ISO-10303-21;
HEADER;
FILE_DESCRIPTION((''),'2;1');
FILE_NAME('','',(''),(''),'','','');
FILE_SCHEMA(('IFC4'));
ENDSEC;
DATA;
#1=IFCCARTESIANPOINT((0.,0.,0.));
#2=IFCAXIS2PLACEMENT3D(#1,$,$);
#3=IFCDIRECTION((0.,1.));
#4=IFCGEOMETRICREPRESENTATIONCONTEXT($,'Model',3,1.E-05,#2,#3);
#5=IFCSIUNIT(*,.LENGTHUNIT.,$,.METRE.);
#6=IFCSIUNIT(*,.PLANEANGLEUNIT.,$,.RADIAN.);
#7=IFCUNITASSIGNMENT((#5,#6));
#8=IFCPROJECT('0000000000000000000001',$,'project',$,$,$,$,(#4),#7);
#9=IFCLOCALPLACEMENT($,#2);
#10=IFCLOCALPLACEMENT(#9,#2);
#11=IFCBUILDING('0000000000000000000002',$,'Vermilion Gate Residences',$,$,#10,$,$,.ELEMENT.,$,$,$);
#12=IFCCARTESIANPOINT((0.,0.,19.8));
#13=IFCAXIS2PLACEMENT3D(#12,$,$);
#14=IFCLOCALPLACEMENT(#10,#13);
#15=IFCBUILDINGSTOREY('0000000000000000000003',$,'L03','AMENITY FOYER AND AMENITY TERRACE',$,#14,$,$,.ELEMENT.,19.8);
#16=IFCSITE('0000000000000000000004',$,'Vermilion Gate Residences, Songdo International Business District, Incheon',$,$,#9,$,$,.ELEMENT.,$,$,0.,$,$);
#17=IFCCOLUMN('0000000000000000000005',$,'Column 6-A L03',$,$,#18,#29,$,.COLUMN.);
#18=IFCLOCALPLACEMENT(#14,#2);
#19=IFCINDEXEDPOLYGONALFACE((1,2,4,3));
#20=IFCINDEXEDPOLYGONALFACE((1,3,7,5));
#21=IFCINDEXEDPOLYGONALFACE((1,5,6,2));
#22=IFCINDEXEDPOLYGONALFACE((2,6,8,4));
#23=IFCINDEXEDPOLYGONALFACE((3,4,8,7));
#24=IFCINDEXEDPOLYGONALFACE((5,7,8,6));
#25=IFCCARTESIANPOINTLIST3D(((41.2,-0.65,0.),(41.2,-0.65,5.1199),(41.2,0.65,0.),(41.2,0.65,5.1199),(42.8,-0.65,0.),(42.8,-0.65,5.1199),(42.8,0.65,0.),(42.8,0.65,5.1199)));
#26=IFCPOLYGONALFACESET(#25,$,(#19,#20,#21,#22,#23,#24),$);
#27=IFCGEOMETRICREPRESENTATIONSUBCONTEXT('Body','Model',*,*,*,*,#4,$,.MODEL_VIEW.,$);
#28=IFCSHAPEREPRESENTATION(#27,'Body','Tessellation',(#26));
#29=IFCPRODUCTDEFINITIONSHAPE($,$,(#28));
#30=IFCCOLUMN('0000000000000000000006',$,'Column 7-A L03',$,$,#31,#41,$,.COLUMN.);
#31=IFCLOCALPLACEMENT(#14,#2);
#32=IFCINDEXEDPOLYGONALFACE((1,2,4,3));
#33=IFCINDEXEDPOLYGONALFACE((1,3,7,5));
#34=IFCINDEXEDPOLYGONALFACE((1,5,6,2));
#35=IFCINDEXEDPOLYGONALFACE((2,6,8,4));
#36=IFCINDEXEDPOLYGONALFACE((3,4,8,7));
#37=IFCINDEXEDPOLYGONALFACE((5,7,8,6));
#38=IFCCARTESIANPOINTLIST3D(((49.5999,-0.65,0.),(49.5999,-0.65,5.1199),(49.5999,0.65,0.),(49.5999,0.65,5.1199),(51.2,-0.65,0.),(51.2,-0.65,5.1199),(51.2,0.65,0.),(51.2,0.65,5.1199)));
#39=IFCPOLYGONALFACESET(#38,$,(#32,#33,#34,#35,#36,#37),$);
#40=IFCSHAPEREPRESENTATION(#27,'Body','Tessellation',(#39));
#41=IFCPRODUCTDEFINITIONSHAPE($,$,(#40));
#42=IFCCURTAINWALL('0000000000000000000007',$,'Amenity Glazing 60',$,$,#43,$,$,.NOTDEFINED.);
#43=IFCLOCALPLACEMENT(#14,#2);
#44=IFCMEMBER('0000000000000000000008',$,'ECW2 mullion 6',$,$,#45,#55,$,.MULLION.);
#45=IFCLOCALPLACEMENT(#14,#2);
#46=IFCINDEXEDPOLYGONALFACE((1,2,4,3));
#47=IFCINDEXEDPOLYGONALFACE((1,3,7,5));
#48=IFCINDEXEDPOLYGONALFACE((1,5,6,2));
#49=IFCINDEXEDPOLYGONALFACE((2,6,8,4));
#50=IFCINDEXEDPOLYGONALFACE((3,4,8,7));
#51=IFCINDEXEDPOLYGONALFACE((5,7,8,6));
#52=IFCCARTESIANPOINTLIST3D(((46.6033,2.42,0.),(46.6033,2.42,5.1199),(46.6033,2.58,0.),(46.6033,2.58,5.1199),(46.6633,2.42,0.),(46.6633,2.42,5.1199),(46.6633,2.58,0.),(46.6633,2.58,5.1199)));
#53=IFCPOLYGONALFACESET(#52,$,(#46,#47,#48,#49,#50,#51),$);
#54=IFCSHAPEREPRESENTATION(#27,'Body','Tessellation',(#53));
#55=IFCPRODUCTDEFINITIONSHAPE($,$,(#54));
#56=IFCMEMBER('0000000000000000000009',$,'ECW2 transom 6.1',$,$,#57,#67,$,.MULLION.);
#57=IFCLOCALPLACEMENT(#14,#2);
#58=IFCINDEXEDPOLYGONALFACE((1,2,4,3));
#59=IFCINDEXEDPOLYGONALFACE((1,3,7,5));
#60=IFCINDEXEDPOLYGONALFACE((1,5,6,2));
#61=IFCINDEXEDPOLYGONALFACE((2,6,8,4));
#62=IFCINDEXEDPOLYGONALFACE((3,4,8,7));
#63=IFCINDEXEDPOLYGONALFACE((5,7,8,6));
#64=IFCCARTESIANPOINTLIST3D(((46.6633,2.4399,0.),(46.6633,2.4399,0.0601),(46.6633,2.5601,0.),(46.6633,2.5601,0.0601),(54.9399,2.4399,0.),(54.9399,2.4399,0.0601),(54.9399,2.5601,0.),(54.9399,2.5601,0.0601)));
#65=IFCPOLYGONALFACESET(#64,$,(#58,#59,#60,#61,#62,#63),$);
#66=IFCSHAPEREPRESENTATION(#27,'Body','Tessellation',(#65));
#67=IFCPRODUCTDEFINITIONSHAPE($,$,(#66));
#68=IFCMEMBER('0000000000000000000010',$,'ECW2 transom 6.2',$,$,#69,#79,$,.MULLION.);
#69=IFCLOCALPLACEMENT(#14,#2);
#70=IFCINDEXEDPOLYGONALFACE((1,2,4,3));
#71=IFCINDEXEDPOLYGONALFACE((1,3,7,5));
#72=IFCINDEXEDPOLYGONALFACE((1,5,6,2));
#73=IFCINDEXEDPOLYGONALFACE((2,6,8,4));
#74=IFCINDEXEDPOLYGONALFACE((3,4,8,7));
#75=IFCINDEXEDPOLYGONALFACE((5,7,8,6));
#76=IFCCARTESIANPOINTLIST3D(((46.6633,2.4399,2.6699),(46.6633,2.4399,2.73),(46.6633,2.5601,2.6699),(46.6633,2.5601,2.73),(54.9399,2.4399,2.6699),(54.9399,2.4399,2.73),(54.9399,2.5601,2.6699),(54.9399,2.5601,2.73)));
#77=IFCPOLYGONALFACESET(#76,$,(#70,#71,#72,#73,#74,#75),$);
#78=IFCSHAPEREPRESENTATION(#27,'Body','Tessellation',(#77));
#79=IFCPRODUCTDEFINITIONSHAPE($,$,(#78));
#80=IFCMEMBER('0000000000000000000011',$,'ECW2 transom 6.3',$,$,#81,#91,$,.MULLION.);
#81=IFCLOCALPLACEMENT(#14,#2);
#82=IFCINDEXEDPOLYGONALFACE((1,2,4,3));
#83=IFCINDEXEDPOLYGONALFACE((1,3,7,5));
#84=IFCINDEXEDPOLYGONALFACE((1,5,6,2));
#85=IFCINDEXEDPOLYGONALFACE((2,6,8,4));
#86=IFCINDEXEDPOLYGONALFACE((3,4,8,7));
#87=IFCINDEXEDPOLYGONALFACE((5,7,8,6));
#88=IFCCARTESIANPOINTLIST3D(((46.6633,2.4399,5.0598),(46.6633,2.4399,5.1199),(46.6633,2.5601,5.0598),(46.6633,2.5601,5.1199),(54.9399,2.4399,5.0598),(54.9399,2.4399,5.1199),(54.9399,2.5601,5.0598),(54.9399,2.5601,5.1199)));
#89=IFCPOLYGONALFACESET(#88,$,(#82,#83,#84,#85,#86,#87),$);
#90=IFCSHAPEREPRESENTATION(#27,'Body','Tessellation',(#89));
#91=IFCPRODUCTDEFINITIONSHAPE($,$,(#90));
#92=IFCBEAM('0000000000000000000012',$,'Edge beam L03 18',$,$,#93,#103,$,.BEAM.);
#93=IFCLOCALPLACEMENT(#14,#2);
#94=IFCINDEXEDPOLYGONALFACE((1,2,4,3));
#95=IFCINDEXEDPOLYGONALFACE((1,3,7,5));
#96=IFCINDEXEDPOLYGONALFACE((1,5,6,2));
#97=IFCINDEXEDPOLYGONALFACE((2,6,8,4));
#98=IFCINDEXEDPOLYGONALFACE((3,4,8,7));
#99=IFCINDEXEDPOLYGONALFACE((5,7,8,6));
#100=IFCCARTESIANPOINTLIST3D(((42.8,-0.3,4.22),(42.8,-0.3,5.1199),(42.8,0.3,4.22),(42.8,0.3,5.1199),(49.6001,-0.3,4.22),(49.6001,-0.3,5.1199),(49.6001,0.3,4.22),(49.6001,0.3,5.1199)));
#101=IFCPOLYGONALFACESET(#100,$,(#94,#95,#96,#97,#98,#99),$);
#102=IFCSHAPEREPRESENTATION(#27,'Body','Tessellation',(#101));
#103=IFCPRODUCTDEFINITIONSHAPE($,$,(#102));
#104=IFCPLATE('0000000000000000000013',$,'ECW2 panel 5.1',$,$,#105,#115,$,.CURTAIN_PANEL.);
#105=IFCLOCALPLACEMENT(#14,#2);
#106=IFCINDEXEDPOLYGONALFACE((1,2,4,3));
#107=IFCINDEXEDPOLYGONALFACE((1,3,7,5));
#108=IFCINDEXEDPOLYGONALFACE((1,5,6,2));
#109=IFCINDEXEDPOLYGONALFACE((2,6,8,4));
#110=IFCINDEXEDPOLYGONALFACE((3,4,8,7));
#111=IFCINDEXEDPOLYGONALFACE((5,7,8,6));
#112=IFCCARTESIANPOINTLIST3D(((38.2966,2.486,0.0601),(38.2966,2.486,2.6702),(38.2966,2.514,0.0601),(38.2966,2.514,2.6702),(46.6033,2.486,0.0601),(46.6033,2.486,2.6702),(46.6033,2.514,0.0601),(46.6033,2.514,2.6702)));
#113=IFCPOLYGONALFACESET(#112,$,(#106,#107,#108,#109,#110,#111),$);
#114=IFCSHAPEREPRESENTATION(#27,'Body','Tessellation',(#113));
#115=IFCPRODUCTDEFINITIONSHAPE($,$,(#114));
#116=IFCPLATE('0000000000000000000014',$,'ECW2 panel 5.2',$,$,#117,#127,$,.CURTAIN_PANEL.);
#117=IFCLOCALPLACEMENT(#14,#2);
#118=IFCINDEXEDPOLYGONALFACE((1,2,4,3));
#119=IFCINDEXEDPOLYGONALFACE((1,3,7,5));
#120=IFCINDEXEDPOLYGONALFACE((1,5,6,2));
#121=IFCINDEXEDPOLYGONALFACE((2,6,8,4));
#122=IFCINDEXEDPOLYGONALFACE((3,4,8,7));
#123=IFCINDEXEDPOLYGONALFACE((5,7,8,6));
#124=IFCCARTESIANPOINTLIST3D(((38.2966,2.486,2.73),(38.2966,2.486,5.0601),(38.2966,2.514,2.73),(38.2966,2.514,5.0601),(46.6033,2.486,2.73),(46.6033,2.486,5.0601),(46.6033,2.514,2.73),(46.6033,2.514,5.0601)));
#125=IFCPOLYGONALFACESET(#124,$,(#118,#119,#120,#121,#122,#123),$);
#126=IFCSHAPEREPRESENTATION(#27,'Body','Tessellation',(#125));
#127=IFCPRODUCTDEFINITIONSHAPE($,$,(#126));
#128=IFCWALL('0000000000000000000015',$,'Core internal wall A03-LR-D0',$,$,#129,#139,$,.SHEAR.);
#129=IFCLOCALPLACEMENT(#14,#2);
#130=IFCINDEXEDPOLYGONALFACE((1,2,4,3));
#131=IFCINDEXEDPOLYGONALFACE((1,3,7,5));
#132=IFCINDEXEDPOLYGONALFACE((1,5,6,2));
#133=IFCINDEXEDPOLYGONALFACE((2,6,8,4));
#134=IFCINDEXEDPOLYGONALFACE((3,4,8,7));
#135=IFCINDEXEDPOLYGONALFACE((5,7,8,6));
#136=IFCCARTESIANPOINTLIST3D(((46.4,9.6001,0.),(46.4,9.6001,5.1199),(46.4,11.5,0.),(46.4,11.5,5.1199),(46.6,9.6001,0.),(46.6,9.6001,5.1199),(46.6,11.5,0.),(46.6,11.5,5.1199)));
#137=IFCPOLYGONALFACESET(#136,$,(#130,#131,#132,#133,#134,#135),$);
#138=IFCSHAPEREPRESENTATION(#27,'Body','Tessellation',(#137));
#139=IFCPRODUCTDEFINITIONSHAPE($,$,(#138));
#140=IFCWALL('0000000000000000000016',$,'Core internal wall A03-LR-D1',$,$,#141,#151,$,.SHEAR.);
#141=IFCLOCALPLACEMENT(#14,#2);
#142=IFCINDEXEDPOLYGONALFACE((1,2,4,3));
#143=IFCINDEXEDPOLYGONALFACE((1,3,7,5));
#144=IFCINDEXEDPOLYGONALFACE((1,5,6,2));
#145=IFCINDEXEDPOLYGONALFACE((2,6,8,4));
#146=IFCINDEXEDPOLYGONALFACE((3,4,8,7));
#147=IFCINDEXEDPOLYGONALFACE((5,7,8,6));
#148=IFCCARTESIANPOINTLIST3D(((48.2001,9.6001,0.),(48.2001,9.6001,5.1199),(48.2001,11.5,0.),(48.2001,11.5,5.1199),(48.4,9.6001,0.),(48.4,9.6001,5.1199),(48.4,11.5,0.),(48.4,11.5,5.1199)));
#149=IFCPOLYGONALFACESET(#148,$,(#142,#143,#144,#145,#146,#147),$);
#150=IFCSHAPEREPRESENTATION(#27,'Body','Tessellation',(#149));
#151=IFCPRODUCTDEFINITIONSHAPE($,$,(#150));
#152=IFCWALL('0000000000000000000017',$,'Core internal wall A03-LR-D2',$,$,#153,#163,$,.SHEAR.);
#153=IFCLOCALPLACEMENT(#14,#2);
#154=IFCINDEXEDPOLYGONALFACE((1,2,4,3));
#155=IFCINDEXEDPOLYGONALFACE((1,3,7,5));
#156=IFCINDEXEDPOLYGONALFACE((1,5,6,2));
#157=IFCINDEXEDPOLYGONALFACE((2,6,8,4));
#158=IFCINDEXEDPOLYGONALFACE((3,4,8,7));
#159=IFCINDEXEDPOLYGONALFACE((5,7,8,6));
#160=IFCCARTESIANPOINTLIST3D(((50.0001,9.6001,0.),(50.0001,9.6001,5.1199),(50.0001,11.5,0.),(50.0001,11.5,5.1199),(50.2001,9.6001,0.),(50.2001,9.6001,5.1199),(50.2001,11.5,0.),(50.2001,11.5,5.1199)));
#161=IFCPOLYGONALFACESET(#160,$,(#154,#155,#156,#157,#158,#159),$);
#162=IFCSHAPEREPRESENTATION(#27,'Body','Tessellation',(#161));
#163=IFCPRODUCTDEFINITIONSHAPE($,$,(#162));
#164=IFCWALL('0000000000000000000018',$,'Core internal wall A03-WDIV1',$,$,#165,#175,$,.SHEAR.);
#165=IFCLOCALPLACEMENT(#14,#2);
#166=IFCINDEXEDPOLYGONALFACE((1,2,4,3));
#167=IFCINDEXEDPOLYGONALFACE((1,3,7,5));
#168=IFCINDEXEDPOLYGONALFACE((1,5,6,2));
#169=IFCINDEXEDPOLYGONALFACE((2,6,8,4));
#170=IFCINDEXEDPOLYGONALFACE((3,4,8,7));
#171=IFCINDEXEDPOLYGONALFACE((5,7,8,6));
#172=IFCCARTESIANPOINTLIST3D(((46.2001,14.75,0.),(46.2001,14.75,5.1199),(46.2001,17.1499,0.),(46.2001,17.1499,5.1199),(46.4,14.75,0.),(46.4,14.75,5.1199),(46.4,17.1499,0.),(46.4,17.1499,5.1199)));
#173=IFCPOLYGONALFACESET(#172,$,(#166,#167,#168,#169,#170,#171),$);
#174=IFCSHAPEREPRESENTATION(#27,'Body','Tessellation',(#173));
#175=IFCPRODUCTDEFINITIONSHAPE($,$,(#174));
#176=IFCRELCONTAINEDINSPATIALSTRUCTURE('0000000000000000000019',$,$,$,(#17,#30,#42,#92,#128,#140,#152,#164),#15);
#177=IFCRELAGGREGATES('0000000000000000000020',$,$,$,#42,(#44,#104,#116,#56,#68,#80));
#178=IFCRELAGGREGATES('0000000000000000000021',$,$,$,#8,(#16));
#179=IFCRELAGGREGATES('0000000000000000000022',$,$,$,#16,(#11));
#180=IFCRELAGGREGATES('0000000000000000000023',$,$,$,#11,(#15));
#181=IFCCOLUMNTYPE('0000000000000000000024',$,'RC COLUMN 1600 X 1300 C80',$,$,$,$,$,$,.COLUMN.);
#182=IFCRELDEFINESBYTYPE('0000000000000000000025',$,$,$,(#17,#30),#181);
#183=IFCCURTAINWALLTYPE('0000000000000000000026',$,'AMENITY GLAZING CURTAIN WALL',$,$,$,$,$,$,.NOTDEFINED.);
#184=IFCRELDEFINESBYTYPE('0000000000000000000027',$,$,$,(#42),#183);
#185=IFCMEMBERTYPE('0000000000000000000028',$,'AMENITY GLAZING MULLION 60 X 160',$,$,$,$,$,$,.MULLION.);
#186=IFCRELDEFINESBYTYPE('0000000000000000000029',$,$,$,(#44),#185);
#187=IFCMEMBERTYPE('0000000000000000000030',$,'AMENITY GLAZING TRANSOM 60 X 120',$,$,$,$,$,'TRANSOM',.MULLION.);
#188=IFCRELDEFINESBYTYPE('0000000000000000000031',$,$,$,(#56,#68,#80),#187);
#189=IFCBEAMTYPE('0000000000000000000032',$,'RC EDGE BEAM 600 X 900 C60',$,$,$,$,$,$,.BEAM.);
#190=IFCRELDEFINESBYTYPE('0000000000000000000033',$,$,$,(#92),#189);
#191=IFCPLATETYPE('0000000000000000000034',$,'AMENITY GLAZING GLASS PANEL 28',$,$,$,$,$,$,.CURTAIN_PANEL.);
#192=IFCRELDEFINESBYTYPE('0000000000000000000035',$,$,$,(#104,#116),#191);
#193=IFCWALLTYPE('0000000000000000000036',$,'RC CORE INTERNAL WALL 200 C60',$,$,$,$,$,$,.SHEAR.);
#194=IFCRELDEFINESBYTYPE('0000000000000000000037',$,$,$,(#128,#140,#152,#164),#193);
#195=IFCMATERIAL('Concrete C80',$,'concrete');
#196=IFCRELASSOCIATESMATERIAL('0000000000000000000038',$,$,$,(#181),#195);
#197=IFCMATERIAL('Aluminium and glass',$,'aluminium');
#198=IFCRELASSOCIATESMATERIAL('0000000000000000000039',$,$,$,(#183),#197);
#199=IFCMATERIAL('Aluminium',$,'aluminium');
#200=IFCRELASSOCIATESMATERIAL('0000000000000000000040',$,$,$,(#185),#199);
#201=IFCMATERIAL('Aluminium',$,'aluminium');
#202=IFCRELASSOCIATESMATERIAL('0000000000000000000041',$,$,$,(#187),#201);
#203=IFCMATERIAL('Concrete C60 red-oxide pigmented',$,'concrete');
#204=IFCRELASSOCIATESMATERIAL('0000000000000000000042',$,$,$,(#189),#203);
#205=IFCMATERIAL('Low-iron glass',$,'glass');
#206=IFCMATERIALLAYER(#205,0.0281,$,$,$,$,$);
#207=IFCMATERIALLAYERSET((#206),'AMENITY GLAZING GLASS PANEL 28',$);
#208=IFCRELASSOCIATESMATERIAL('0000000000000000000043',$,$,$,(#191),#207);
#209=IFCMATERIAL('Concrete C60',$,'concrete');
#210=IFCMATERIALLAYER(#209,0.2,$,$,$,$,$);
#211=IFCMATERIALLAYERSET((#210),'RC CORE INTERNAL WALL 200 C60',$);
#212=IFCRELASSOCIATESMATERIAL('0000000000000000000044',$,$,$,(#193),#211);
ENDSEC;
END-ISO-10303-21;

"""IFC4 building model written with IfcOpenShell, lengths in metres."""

from ifc_helpers import new_model, si_unit, direction, frame, frame_2d, origin, origin_2d, place, context, subcontext, project, spatial, rectangle, extrude, material, layer, layer_set, material_profile, profile_set, type_object, element, aggregate, save


model = new_model("IFC4")

# Units and contexts
model_context = context("Model", 3, precision=1e-05, world=origin(), true_north=direction((0.0, 1.0)))
body_context = subcontext(model_context, "Body", "Model", "MODEL_VIEW")
ifc_project = project(units=[si_unit("LENGTHUNIT", "METRE"), si_unit("PLANEANGLEUNIT", "RADIAN")], contexts=[model_context])

# Site, building, storey
site_placement = place(None, origin())
site = spatial("IfcSite", under=ifc_project, at=site_placement, Name="Vermilion Gate Residences, Songdo International Business District, Incheon", CompositionType="ELEMENT", RefElevation=0.0)
building_placement = place(site_placement, origin())
building = spatial("IfcBuilding", under=site, at=building_placement, Name="Vermilion Gate Residences", CompositionType="ELEMENT")
storey_placement = place(building_placement, frame((0.0, 0.0, 19.8)))
storey = spatial("IfcBuildingStorey", under=building, at=storey_placement, Name="L03", Description="AMENITY FOYER AND AMENITY TERRACE", CompositionType="ELEMENT", Elevation=19.8)

# Columns
ifc_material_1 = material(Name="Concrete C80", Category="concrete")
ifc_material_profile_1 = material_profile(ifc_material_1, rectangle(XDim=1.6001, YDim=1.3, at=origin_2d()), Name="RC-1600x1300")
ifc_profile_set_1 = profile_set([ifc_material_profile_1], Name="Concrete C80")
column_type = type_object("IfcColumnType", Name="RC COLUMN 1600 X 1300 C80", PredefinedType="COLUMN", material=ifc_profile_set_1)
for number, where, z_axis, x_axis, name in (
    (1, (42.0, 0.0, 0.0), (0.0, 0.0, 1.0), (1.0, 0.0, 0.0), "Column 6-A L03"),
    (2, (50.3999, 0.0, 0.0), (0.0, 0.0, 1.0), (1.0, 0.0, 0.0), "Column 7-A L03"),
):
    element("IfcColumn", number, at=place(storey_placement, frame(where, z_axis=z_axis, x_axis=x_axis)), inside=storey, type_object=column_type, Name=name, PredefinedType="COLUMN", context=body_context, shape_type="SweptSolid", body=[
        extrude(rectangle(XDim=1.6001, YDim=1.3, at=origin_2d()), origin(), (0.0, 0.0, 1.0), 5.1199),
    ])

# Curtain wall, members
ifc_material_2 = material(Name="Aluminium and glass", Category="aluminium")
curtain_wall_type = type_object("IfcCurtainWallType", Name="AMENITY GLAZING CURTAIN WALL", PredefinedType="NOTDEFINED", material=ifc_material_2)
curtain_wall_placement = place(storey_placement, origin())
curtain_wall = element("IfcCurtainWall", 3, at=curtain_wall_placement, inside=storey, type_object=curtain_wall_type, Name="Amenity Glazing 60", PredefinedType="NOTDEFINED")
ifc_material_3 = material(Name="Aluminium", Category="aluminium")
ifc_material_profile_2 = material_profile(ifc_material_3, rectangle(XDim=0.1599, YDim=0.0601, at=origin_2d()), Name="MULLION 60 X 160")
ifc_profile_set_2 = profile_set([ifc_material_profile_2], Name="Aluminium")
member_type_1 = type_object("IfcMemberType", Name="AMENITY GLAZING MULLION 60 X 160", PredefinedType="MULLION", material=ifc_profile_set_2)
member_1_placement = place(storey_placement, frame((46.6333, 2.5, 0.0), z_axis=(0.0, 0.0, 1.0), x_axis=(0.0, 1.0, 0.0)))
member_1 = element("IfcMember", 4, at=member_1_placement, type_object=member_type_1, Name="ECW2 mullion 6", PredefinedType="MULLION", context=body_context, shape_type="SweptSolid", body=[
    extrude(rectangle(XDim=0.1599, YDim=0.0601, at=origin_2d()), origin(), (0.0, 0.0, 1.0), 5.1199),
])
ifc_material_4 = material(Name="Aluminium", Category="aluminium")
ifc_material_profile_3 = material_profile(ifc_material_4, rectangle(XDim=0.1201, YDim=0.0601, at=origin_2d()), Name="TRANSOM 60 X 120")
ifc_profile_set_3 = profile_set([ifc_material_profile_3], Name="Aluminium")
member_type_2 = type_object("IfcMemberType", Name="AMENITY GLAZING TRANSOM 60 X 120", ElementType="TRANSOM", PredefinedType="MULLION", material=ifc_profile_set_3)
member_2_placement = place(storey_placement, frame((46.6633, 2.5, 0.03), z_axis=(1.0, 0.0, 0.0), x_axis=(0.0, 1.0, 0.0)))
member_2 = element("IfcMember", 5, at=member_2_placement, type_object=member_type_2, Name="ECW2 transom 6.1", PredefinedType="MULLION", context=body_context, shape_type="SweptSolid", body=[
    extrude(rectangle(XDim=0.1201, YDim=0.0601, at=origin_2d()), origin(), (0.0, 0.0, 1.0), 8.2766),
])
member_3_placement = place(storey_placement, frame((46.6633, 2.5, 2.7), z_axis=(1.0, 0.0, 0.0), x_axis=(0.0, 1.0, 0.0)))
member_3 = element("IfcMember", 6, at=member_3_placement, type_object=member_type_2, Name="ECW2 transom 6.2", PredefinedType="MULLION", context=body_context, shape_type="SweptSolid", body=[
    extrude(rectangle(XDim=0.1201, YDim=0.0601, at=origin_2d()), origin(), (0.0, 0.0, 1.0), 8.2766),
])
member_4_placement = place(storey_placement, frame((46.6633, 2.5, 5.0898), z_axis=(1.0, 0.0, 0.0), x_axis=(0.0, 1.0, 0.0)))
member_4 = element("IfcMember", 7, at=member_4_placement, type_object=member_type_2, Name="ECW2 transom 6.3", PredefinedType="MULLION", context=body_context, shape_type="SweptSolid", body=[
    extrude(rectangle(XDim=0.1201, YDim=0.0601, at=origin_2d()), origin(), (0.0, 0.0, 1.0), 8.2766),
])

# Beam
ifc_material_5 = material(Name="Concrete C60 red-oxide pigmented", Category="concrete")
ifc_material_profile_4 = material_profile(ifc_material_5, rectangle(XDim=0.6001, YDim=0.8999, at=origin_2d()), Name="RC-600x900")
ifc_profile_set_4 = profile_set([ifc_material_profile_4], Name="Concrete C60 red-oxide pigmented")
beam_type = type_object("IfcBeamType", Name="RC EDGE BEAM 600 X 900 C60", PredefinedType="BEAM", material=ifc_profile_set_4)
beam_placement = place(storey_placement, frame((42.8, 0.0, 4.6699), z_axis=(1.0, 0.0, 0.0), x_axis=(0.0, 1.0, 0.0)))
element("IfcBeam", 8, at=beam_placement, inside=storey, type_object=beam_type, Name="Edge beam L03 18", PredefinedType="BEAM", context=body_context, shape_type="SweptSolid", body=[
    extrude(rectangle(XDim=0.6001, YDim=0.8999, at=origin_2d()), origin(), (0.0, 0.0, 1.0), 6.8),
])

# Plates
ifc_material_6 = material(Name="Low-iron glass", Category="glass")
ifc_layer_1 = layer(ifc_material_6, 0.0281)
ifc_layer_set_1 = layer_set([ifc_layer_1], Name="AMENITY GLAZING GLASS PANEL 28")
plate_type = type_object("IfcPlateType", Name="AMENITY GLAZING GLASS PANEL 28", PredefinedType="CURTAIN_PANEL", material=ifc_layer_set_1)
plate_1_placement = place(storey_placement, frame((42.45, 2.5, 0.0601), z_axis=(0.0, 0.0, 1.0), x_axis=(1.0, 0.0, 0.0)))
plate_1 = element("IfcPlate", 9, at=plate_1_placement, type_object=plate_type, Name="ECW2 panel 5.1", PredefinedType="CURTAIN_PANEL", context=body_context, shape_type="SweptSolid", body=[
    extrude(rectangle(XDim=8.3066, YDim=0.0281, at=origin_2d()), origin(), (0.0, 0.0, 1.0), 2.6101),
])
plate_2_placement = place(storey_placement, frame((42.45, 2.5, 2.73), z_axis=(0.0, 0.0, 1.0), x_axis=(1.0, 0.0, 0.0)))
plate_2 = element("IfcPlate", 10, at=plate_2_placement, type_object=plate_type, Name="ECW2 panel 5.2", PredefinedType="CURTAIN_PANEL", context=body_context, shape_type="SweptSolid", body=[
    extrude(rectangle(XDim=8.3066, YDim=0.0281, at=origin_2d()), origin(), (0.0, 0.0, 1.0), 2.3301),
])
aggregate(curtain_wall, [member_1, plate_1, plate_2, member_2, member_3, member_4])

# Walls
ifc_material_7 = material(Name="Concrete C60", Category="concrete")
ifc_layer_2 = layer(ifc_material_7, 0.2)
ifc_layer_set_2 = layer_set([ifc_layer_2], Name="RC CORE INTERNAL WALL 200 C60")
wall_type_1 = type_object("IfcWallType", Name="RC CORE INTERNAL WALL 200 C60", PredefinedType="SHEAR", material=ifc_layer_set_2)
for number, where, z_axis, x_axis, name in (
    (11, (46.5, 9.6001, 0.0), (0.0, 0.0, 1.0), (0.0, 1.0, 0.0), "Core internal wall A03-LR-D0"),
    (12, (48.3, 9.6001, 0.0), (0.0, 0.0, 1.0), (0.0, 1.0, 0.0), "Core internal wall A03-LR-D1"),
    (13, (50.1001, 9.6001, 0.0), (0.0, 0.0, 1.0), (0.0, 1.0, 0.0), "Core internal wall A03-LR-D2"),
):
    element("IfcWall", number, at=place(storey_placement, frame(where, z_axis=z_axis, x_axis=x_axis)), inside=storey, type_object=wall_type_1, Name=name, PredefinedType="SHEAR", context=body_context, shape_type="SweptSolid", body=[
        extrude(rectangle(XDim=1.8999, YDim=0.2, at=frame_2d((0.95, 0.0))), origin(), (0.0, 0.0, 1.0), 5.1199),
    ])
wall_1_placement = place(storey_placement, frame((46.3, 14.75, 0.0), z_axis=(0.0, 0.0, 1.0), x_axis=(0.0, 1.0, 0.0)))
element("IfcWall", 14, at=wall_1_placement, inside=storey, type_object=wall_type_1, Name="Core internal wall A03-WDIV1", PredefinedType="SHEAR", context=body_context, shape_type="SweptSolid", body=[
    extrude(rectangle(XDim=2.3999, YDim=0.2, at=frame_2d((1.2, 0.0))), origin(), (0.0, 0.0, 1.0), 5.1199),
])

save(model, "model.ifc")
